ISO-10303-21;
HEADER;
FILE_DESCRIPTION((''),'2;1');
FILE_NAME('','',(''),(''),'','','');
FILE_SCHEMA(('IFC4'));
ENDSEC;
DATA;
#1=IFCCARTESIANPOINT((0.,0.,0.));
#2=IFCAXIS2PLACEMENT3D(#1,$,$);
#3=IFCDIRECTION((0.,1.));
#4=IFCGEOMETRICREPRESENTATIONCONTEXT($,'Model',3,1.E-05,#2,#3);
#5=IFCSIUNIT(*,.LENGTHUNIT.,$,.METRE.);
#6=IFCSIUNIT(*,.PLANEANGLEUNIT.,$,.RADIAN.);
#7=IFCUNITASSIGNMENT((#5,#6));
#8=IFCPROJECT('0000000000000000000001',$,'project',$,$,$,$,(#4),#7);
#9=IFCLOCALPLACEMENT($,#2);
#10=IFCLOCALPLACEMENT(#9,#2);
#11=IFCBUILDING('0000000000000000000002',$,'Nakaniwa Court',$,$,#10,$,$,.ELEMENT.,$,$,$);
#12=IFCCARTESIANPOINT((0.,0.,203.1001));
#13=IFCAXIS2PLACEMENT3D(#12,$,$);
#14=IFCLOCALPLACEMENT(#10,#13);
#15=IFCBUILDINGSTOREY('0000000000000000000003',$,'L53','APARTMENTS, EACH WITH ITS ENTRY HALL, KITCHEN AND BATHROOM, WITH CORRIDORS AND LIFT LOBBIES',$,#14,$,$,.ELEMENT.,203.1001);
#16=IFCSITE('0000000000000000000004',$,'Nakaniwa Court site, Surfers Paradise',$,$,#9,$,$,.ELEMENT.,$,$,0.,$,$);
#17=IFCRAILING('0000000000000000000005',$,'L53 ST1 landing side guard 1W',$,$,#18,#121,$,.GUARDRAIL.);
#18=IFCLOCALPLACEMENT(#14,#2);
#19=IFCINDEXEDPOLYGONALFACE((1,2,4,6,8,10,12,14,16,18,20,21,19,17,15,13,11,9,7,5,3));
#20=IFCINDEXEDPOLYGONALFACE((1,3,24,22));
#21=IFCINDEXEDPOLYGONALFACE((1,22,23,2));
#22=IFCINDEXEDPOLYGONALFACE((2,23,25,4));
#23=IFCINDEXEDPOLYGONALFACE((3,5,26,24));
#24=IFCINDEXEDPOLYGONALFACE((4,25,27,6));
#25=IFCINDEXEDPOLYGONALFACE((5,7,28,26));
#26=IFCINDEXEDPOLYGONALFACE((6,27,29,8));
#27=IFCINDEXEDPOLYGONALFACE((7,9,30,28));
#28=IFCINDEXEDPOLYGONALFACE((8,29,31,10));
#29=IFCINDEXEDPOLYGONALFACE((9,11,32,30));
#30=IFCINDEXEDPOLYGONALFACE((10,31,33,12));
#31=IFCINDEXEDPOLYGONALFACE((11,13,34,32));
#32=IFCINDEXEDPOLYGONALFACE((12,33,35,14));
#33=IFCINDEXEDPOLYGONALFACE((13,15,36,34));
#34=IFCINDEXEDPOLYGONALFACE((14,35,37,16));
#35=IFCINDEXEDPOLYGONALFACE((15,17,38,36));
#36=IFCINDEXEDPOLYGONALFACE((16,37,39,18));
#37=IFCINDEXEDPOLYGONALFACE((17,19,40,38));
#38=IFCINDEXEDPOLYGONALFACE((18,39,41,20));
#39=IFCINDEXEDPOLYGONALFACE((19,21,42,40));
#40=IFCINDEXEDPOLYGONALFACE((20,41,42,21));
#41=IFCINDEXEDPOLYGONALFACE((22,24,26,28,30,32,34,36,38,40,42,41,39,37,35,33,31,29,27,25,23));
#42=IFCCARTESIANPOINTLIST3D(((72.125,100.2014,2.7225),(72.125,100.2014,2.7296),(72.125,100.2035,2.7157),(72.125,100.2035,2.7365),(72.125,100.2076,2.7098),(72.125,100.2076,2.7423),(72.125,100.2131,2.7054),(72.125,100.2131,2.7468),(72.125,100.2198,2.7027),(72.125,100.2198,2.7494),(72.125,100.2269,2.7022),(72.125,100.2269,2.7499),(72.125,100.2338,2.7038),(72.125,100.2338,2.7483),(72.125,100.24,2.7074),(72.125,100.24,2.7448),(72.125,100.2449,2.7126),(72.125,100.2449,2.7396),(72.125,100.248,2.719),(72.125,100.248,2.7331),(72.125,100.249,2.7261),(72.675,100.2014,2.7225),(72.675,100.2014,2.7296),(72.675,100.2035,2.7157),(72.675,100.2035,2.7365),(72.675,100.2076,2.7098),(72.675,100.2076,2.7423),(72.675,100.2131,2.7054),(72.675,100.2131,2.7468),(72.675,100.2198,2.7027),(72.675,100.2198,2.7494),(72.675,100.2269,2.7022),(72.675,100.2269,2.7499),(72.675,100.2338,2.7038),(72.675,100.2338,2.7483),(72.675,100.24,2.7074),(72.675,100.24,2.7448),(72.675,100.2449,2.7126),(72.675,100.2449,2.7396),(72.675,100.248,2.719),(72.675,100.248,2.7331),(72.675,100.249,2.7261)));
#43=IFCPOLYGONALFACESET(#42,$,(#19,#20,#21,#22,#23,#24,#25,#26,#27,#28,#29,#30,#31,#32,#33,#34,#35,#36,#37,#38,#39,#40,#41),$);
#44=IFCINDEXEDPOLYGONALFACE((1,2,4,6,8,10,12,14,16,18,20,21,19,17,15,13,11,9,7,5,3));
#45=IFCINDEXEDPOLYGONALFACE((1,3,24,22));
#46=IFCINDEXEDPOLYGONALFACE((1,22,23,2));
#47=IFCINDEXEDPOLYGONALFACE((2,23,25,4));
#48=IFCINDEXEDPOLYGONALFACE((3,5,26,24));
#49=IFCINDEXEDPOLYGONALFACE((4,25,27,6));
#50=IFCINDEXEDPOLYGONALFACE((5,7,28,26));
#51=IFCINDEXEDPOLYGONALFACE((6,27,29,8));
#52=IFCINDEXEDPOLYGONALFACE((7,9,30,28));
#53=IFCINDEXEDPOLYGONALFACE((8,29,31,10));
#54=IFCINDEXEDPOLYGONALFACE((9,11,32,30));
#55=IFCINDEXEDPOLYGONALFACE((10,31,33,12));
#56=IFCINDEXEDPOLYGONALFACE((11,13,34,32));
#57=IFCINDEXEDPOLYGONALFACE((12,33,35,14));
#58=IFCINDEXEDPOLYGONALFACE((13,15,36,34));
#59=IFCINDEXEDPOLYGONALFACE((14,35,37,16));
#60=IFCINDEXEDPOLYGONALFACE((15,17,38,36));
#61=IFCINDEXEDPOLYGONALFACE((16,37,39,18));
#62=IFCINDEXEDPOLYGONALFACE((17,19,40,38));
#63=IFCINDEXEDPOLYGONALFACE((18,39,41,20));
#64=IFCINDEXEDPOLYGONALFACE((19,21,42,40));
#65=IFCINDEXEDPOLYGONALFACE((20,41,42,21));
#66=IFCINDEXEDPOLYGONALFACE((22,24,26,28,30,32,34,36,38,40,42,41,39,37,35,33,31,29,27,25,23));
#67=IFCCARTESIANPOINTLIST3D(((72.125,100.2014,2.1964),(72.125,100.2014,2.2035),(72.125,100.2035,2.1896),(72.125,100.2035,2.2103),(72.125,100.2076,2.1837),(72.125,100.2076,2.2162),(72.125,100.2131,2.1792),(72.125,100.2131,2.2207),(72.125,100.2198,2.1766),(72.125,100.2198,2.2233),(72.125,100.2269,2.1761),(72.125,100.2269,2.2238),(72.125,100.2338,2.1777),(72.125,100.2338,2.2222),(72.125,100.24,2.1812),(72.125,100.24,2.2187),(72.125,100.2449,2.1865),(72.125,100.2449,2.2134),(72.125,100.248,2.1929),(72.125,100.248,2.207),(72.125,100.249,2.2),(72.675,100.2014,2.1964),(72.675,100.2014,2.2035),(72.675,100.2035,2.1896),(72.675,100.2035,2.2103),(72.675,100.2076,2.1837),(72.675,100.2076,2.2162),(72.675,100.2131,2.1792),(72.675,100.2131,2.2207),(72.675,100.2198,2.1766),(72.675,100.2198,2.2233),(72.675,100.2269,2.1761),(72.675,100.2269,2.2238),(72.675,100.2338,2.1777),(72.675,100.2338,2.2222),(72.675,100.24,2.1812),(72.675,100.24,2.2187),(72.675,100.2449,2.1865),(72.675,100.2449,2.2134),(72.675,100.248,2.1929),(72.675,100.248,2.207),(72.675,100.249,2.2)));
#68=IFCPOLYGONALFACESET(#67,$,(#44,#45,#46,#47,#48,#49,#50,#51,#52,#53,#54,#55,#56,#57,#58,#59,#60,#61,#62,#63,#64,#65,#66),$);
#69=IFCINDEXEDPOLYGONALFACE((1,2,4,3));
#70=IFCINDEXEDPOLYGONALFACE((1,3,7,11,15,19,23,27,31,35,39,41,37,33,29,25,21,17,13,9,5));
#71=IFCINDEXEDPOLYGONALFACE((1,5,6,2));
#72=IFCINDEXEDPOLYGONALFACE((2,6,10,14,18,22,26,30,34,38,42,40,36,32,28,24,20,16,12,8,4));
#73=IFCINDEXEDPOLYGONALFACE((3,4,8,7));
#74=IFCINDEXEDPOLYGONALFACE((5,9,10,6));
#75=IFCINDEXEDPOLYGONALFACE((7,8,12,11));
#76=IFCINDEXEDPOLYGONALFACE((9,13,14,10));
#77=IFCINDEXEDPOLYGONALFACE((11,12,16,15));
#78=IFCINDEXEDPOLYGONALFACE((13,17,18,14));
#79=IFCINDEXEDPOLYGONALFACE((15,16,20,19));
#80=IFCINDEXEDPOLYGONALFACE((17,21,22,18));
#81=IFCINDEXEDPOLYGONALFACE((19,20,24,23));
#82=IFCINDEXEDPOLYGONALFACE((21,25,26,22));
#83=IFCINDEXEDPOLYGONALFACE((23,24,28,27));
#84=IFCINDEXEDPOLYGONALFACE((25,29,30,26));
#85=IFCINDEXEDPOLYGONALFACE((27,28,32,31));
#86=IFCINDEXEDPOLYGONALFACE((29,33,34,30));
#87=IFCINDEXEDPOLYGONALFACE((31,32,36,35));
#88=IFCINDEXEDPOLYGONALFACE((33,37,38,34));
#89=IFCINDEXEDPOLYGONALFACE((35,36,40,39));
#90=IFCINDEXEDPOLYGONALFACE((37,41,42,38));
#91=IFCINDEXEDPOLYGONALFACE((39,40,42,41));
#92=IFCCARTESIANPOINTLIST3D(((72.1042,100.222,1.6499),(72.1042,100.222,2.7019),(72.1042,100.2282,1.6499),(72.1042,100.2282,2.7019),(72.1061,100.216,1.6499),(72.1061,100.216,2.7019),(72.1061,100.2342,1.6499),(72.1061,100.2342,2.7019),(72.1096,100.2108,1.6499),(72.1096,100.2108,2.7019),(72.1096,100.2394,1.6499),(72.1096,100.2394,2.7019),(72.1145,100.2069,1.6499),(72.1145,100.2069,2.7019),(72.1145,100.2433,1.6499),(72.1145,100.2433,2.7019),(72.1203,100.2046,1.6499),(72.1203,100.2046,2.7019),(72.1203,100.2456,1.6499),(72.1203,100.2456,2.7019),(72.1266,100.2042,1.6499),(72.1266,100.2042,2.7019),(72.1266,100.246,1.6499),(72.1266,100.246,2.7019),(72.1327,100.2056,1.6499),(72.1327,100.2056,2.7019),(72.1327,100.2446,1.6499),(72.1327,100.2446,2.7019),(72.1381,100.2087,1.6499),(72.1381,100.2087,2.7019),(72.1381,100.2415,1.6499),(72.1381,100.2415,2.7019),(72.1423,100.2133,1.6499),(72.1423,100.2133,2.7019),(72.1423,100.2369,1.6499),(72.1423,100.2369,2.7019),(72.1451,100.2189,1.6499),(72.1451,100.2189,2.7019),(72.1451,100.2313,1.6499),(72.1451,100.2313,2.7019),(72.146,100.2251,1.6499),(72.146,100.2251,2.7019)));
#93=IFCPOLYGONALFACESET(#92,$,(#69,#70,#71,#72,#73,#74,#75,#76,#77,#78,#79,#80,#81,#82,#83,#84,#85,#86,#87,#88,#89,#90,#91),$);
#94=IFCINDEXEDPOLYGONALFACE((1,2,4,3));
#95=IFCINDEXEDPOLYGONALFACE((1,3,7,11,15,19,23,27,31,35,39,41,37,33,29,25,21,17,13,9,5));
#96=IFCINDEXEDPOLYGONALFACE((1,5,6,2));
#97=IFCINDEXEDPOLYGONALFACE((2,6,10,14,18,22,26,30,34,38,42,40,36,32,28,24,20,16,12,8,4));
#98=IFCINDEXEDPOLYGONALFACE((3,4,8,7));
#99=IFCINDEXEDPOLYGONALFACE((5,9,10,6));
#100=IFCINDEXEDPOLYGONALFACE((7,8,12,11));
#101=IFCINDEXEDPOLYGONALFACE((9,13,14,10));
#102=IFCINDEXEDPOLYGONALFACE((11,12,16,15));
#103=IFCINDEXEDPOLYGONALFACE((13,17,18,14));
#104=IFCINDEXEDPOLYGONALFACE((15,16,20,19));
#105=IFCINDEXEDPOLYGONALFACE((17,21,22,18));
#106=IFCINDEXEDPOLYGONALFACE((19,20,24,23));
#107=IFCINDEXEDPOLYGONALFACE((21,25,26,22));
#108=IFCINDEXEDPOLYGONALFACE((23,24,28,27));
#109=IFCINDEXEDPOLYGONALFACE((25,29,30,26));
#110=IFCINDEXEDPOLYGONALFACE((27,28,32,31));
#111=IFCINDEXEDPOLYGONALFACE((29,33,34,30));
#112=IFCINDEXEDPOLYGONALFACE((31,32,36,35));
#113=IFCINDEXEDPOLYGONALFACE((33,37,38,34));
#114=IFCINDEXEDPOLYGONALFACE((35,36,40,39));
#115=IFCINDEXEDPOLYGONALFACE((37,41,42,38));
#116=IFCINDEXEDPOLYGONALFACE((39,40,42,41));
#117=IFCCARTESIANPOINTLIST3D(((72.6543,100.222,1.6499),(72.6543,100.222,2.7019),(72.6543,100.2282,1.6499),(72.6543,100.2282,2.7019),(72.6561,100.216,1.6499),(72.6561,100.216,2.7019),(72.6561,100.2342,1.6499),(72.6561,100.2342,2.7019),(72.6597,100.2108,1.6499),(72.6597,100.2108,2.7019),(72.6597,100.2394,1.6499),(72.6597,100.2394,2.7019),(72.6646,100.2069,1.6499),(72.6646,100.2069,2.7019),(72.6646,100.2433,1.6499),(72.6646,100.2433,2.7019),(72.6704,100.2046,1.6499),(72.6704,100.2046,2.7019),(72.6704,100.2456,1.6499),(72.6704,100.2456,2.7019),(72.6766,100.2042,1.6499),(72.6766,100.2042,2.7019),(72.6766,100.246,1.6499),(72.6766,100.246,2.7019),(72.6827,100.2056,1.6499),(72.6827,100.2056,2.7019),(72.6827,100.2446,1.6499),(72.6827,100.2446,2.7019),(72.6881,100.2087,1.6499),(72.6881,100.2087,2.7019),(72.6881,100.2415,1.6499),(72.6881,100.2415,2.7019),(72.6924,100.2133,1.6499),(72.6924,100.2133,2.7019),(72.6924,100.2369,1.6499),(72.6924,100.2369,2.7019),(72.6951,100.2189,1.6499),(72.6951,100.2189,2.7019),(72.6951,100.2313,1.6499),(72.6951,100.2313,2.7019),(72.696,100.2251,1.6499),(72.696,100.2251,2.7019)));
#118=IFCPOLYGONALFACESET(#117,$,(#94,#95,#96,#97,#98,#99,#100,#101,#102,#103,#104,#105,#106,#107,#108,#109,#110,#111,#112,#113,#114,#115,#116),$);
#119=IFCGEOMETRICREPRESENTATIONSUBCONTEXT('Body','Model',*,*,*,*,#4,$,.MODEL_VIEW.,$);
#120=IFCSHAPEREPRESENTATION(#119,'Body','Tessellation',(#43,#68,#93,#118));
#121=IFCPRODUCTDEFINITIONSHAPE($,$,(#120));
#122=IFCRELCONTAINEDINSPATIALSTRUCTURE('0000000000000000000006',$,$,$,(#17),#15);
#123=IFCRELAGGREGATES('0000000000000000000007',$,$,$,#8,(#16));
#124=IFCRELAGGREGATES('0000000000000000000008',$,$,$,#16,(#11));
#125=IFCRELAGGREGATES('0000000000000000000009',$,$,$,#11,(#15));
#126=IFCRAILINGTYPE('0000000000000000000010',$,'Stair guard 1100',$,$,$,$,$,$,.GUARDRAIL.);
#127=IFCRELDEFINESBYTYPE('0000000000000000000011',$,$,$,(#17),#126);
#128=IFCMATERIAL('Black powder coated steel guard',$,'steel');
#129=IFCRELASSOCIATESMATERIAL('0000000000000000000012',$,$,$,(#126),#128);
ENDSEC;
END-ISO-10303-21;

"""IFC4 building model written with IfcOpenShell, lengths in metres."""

from ifc_helpers import new_model, si_unit, direction, frame, origin, origin_2d, place, context, subcontext, project, spatial, circle, extrude, material, type_object, element, save


model = new_model("IFC4")

# Units and contexts
model_context = context("Model", 3, precision=1e-05, world=origin(), true_north=direction((0.0, 1.0)))
body_context = subcontext(model_context, "Body", "Model", "MODEL_VIEW")
ifc_project = project(units=[si_unit("LENGTHUNIT", "METRE"), si_unit("PLANEANGLEUNIT", "RADIAN")], contexts=[model_context])

# Site, building, storey
site_placement = place(None, origin())
site = spatial("IfcSite", under=ifc_project, at=site_placement, Name="Nakaniwa Court site, Surfers Paradise", CompositionType="ELEMENT", RefElevation=0.0)
building_placement = place(site_placement, origin())
building = spatial("IfcBuilding", under=site, at=building_placement, Name="Nakaniwa Court", CompositionType="ELEMENT")
storey_placement = place(building_placement, frame((0.0, 0.0, 203.1001)))
storey = spatial("IfcBuildingStorey", under=building, at=storey_placement, Name="L53", Description="APARTMENTS, EACH WITH ITS ENTRY HALL, KITCHEN AND BATHROOM, WITH CORRIDORS AND LIFT LOBBIES", CompositionType="ELEMENT", Elevation=203.1001)

# Railing
ifc_material_1 = material(Name="Black powder coated steel guard", Category="steel")
railing_type_1 = type_object("IfcRailingType", Name="Stair guard 1100", PredefinedType="GUARDRAIL", material=ifc_material_1)
for number, where, name in (
    (1, (72.125, 100.2251, 1.6499), "L53 ST1 landing side guard 1W"),
):
    element("IfcRailing", number, at=place(storey_placement, frame(where)), inside=storey, type_object=railing_type_1, Name=name, PredefinedType="GUARDRAIL", context=body_context, shape_type="SweptSolid", body=[
        extrude(circle(Radius=0.0239, at=origin_2d()), frame((0.0, 0.0, 1.0762), z_axis=(1.0, 0.0, 0.0), x_axis=(0.0, 1.0, 0.0)), (0.0, 0.0, 1.0), 0.55),
        extrude(circle(Radius=0.0239, at=origin_2d()), frame((0.0, 0.0, 0.55), z_axis=(1.0, 0.0, 0.0), x_axis=(0.0, 1.0, 0.0)), (0.0, 0.0, 1.0), 0.55),
        extrude(circle(Radius=0.021, at=origin_2d()), origin(), (0.0, 0.0, 1.0), 1.052),
        extrude(circle(Radius=0.021, at=origin_2d()), frame((0.55, 0.0, 0.0)), (0.0, 0.0, 1.0), 1.052),
    ])

save(model, "model.ifc")
